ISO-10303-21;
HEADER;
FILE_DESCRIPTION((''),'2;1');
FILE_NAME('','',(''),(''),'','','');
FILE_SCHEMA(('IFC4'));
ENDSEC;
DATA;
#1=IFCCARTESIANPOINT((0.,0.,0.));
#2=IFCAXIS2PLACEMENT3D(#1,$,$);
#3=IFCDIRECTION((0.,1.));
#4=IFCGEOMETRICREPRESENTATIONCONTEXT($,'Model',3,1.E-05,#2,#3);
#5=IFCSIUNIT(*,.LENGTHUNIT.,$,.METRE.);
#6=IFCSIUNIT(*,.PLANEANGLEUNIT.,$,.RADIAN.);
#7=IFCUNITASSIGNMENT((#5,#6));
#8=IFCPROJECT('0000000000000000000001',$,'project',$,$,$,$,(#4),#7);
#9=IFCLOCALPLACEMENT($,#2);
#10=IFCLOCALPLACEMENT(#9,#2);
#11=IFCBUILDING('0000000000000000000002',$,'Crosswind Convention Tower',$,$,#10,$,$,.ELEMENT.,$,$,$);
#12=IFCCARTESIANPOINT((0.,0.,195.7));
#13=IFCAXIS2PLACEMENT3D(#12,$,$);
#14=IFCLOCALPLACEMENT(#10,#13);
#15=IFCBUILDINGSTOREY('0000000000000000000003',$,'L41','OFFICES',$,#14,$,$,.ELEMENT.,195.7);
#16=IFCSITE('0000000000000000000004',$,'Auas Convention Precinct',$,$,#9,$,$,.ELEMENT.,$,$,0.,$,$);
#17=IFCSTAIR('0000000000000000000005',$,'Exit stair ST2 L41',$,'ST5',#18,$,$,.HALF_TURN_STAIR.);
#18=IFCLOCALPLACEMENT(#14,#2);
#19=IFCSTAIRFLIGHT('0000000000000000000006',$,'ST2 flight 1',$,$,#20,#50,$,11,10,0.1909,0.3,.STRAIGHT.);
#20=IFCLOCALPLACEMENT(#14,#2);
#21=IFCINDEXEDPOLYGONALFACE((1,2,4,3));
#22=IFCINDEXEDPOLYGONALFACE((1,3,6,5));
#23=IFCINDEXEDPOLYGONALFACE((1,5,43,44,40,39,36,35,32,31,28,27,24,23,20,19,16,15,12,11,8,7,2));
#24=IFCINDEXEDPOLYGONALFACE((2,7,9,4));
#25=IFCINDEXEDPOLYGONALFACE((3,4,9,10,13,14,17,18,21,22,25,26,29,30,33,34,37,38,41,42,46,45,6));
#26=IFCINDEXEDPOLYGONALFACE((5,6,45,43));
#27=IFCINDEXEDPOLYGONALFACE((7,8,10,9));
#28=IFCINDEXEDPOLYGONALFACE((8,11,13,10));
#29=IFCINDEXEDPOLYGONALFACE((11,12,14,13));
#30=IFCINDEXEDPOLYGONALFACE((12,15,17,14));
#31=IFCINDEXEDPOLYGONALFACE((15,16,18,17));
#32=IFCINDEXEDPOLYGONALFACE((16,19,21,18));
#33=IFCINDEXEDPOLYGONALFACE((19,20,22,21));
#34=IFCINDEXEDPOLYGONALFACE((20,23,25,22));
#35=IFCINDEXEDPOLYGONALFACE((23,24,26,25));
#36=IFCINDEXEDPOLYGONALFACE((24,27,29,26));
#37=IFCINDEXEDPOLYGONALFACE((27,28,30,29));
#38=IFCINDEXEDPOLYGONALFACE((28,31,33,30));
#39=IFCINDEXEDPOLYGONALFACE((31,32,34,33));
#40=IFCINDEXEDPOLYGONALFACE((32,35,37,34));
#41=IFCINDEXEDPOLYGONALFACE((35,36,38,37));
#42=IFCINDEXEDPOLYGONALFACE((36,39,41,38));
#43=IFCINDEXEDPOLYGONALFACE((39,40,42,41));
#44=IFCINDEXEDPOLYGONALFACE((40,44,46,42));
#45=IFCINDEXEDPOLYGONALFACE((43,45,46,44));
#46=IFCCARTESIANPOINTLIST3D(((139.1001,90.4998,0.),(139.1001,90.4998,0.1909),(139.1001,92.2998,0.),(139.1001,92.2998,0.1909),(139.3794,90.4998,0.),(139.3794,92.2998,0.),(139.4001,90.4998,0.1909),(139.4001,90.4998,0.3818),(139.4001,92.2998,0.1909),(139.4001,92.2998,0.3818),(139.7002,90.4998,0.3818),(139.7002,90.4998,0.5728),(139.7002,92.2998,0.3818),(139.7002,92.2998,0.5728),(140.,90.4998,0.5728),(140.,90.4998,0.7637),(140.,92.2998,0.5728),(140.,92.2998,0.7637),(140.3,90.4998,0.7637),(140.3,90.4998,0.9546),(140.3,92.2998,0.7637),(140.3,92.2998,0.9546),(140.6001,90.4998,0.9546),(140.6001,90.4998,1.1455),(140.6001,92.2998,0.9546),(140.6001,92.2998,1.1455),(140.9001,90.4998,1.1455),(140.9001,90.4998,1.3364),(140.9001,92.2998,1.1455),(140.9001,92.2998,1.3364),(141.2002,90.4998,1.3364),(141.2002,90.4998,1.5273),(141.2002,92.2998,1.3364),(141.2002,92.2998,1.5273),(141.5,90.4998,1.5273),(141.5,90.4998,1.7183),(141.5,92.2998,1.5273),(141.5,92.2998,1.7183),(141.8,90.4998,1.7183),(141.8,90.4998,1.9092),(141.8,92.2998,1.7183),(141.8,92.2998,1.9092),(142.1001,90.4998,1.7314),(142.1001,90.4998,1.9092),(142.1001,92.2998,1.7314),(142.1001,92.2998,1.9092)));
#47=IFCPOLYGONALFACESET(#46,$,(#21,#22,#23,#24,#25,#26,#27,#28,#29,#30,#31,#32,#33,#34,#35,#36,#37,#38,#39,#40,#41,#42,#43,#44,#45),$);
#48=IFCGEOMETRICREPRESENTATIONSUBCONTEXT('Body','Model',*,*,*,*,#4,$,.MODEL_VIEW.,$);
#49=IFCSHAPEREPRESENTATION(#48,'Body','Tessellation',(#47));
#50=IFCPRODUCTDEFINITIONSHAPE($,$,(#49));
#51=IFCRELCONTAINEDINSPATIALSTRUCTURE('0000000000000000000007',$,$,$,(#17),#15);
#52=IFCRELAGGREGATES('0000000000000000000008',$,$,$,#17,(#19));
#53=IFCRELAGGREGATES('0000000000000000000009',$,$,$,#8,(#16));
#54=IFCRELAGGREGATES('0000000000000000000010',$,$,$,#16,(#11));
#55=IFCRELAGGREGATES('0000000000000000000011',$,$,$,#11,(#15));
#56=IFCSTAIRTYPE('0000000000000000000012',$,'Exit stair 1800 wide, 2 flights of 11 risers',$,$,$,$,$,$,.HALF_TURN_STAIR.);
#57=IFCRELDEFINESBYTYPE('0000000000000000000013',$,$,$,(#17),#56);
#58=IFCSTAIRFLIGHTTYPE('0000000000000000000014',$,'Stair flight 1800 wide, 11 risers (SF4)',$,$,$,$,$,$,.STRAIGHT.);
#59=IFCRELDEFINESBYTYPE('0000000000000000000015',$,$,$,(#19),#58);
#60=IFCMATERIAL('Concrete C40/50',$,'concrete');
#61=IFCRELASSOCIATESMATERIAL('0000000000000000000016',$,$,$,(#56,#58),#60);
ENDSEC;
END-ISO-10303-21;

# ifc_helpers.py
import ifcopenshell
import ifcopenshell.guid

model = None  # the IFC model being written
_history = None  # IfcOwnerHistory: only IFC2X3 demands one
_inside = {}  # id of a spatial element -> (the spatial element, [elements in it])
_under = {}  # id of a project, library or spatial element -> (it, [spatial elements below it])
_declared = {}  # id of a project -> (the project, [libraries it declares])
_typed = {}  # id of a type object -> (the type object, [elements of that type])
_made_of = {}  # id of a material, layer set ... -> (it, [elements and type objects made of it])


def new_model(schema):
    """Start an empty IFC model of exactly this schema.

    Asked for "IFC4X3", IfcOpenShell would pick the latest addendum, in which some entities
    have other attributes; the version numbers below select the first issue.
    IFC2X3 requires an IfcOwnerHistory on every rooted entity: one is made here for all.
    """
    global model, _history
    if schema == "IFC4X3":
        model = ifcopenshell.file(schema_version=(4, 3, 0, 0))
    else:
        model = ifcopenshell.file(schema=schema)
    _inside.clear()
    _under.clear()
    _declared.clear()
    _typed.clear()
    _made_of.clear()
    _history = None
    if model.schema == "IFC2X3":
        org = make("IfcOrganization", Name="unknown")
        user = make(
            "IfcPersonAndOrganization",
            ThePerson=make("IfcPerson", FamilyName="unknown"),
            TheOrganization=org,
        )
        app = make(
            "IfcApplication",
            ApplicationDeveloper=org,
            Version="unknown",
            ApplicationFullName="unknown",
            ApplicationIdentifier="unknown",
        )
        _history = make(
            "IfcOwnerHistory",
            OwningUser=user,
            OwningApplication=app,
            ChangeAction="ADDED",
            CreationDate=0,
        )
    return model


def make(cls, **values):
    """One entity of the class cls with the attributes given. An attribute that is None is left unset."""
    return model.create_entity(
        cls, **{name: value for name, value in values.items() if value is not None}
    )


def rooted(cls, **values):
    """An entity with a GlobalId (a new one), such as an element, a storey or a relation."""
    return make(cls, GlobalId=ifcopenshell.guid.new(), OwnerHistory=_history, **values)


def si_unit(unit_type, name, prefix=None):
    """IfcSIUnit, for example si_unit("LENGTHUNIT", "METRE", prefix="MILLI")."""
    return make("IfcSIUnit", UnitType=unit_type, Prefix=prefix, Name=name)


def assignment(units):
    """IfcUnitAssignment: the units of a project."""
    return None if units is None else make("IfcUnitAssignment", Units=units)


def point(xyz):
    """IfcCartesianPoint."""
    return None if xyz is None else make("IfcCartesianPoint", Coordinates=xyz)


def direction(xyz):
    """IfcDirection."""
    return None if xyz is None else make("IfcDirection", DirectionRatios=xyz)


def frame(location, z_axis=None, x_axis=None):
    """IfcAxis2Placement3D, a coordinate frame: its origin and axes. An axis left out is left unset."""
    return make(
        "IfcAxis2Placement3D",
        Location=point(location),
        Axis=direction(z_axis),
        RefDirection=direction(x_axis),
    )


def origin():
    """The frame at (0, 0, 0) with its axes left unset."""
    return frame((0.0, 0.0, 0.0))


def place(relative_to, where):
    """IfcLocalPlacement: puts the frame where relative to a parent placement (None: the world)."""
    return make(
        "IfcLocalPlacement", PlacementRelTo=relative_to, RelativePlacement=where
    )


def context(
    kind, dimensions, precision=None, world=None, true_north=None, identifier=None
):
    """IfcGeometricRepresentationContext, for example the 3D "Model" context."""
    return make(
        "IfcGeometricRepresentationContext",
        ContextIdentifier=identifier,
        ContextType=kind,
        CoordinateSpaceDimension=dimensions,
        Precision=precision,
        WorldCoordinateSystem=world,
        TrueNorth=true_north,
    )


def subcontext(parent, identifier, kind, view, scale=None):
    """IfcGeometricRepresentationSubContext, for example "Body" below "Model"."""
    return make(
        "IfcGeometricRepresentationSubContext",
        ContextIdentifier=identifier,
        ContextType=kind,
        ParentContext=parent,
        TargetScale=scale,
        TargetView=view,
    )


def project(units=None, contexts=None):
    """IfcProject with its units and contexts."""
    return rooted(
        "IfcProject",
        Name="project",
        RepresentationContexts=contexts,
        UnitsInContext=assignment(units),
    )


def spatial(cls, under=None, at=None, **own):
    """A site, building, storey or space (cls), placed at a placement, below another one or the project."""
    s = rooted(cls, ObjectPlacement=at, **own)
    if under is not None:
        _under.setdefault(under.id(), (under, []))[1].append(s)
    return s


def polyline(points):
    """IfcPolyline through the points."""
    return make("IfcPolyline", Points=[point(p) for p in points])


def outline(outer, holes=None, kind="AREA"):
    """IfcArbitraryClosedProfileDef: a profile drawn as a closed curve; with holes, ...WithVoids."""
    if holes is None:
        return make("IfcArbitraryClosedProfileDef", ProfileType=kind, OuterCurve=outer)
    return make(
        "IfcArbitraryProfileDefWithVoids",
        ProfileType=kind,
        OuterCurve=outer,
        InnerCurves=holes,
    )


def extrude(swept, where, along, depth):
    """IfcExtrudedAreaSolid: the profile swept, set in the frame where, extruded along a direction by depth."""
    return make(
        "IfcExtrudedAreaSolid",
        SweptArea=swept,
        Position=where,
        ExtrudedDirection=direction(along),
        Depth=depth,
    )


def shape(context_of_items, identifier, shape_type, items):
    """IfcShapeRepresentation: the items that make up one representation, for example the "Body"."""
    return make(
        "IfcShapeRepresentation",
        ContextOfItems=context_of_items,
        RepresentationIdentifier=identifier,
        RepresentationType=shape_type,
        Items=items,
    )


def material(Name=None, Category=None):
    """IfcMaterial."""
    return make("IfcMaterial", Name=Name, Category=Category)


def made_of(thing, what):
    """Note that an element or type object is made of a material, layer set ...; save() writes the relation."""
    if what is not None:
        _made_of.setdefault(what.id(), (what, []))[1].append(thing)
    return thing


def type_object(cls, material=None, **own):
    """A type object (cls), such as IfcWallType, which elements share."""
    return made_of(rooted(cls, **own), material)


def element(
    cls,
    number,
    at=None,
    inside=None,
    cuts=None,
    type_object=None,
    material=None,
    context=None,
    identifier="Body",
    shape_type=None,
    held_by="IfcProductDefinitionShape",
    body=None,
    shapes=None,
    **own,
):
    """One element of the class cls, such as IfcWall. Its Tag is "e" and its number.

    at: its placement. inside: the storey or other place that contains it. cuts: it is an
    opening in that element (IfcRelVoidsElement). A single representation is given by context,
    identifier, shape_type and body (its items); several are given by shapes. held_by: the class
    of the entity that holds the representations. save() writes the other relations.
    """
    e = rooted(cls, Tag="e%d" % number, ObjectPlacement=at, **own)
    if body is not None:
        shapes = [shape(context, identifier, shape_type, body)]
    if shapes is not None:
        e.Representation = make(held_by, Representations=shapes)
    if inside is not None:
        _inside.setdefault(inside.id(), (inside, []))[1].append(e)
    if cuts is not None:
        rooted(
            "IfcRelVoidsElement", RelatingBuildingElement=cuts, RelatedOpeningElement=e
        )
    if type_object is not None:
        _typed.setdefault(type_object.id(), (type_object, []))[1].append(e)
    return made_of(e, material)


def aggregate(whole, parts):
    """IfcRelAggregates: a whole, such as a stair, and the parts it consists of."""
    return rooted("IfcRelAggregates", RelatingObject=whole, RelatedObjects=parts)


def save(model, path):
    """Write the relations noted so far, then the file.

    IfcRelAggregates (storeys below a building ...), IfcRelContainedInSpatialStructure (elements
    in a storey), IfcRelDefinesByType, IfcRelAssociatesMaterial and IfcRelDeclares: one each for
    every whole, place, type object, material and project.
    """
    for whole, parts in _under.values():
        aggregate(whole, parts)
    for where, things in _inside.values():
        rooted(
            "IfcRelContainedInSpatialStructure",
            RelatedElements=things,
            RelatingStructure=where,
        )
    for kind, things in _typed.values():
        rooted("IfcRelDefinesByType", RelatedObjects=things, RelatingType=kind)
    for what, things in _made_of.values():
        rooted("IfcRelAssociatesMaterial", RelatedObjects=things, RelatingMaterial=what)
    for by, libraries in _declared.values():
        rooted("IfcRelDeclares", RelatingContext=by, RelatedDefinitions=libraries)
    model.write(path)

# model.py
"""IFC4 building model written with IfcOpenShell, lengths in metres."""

from ifc_helpers import new_model, si_unit, direction, frame, origin, place, context, subcontext, project, spatial, polyline, outline, extrude, material, type_object, element, aggregate, save


model = new_model("IFC4")

# Units and contexts
model_context = context("Model", 3, precision=1e-05, world=origin(), true_north=direction((0.0, 1.0)))
body_context = subcontext(model_context, "Body", "Model", "MODEL_VIEW")
ifc_project = project(units=[si_unit("LENGTHUNIT", "METRE"), si_unit("PLANEANGLEUNIT", "RADIAN")], contexts=[model_context])

# Site, building, storey
site_placement = place(None, origin())
site = spatial("IfcSite", under=ifc_project, at=site_placement, Name="Auas Convention Precinct", CompositionType="ELEMENT", RefElevation=0.0)
building_placement = place(site_placement, origin())
building = spatial("IfcBuilding", under=site, at=building_placement, Name="Crosswind Convention Tower", CompositionType="ELEMENT")
storey_placement = place(building_placement, frame((0.0, 0.0, 195.7)))
storey = spatial("IfcBuildingStorey", under=building, at=storey_placement, Name="L41", Description="OFFICES", CompositionType="ELEMENT", Elevation=195.7)

# Stair, stair flight
ifc_material_1 = material(Name="Concrete C40/50", Category="concrete")
stair_type = type_object("IfcStairType", Name="Exit stair 1800 wide, 2 flights of 11 risers", PredefinedType="HALF_TURN_STAIR", material=ifc_material_1)
stair_placement = place(storey_placement, origin())
stair = element("IfcStair", 1, at=stair_placement, inside=storey, type_object=stair_type, Name="Exit stair ST2 L41", ObjectType="ST5", PredefinedType="HALF_TURN_STAIR")
stair_flight_type = type_object("IfcStairFlightType", Name="Stair flight 1800 wide, 11 risers (SF4)", PredefinedType="STRAIGHT", material=ifc_material_1)
stair_flight_placement = place(storey_placement, frame((139.1001, 91.3999, 0.0), z_axis=(0.0, 0.0, 1.0), x_axis=(1.0, 0.0, 0.0)))
stair_flight = element("IfcStairFlight", 2, at=stair_flight_placement, type_object=stair_flight_type, Name="ST2 flight 1", NumberOfRisers=11, NumberOfTreads=10, PredefinedType="STRAIGHT", RiserHeight=0.1909, TreadLength=0.3, context=body_context, shape_type="SweptSolid", body=[
    extrude(outline(polyline([(0.0, 0.0), (0.0, 0.1909), (0.3, 0.1909), (0.3, 0.3818), (0.6001, 0.3818), (0.6001, 0.5728), (0.8999, 0.5728), (0.8999, 0.7637), (1.2, 0.7637), (1.2, 0.9546), (1.5, 0.9546), (1.5, 1.1455), (1.8, 1.1455), (1.8, 1.3364), (2.1001, 1.3364), (2.1001, 1.5273), (2.3999, 1.5273), (2.3999, 1.7183), (2.7, 1.7183), (2.7, 1.9092), (3.0, 1.9092), (3.0, 2.1001), (3.0, 1.7314), (0.2793, 0.0), (0.0, 0.0)])), frame((0.0, 0.8999, 0.0), z_axis=(0.0, -1.0, 0.0), x_axis=(1.0, 0.0, 0.0)), (0.0, 0.0, 1.0), 1.8),
])
aggregate(stair, [stair_flight])

save(model, "model.ifc")
